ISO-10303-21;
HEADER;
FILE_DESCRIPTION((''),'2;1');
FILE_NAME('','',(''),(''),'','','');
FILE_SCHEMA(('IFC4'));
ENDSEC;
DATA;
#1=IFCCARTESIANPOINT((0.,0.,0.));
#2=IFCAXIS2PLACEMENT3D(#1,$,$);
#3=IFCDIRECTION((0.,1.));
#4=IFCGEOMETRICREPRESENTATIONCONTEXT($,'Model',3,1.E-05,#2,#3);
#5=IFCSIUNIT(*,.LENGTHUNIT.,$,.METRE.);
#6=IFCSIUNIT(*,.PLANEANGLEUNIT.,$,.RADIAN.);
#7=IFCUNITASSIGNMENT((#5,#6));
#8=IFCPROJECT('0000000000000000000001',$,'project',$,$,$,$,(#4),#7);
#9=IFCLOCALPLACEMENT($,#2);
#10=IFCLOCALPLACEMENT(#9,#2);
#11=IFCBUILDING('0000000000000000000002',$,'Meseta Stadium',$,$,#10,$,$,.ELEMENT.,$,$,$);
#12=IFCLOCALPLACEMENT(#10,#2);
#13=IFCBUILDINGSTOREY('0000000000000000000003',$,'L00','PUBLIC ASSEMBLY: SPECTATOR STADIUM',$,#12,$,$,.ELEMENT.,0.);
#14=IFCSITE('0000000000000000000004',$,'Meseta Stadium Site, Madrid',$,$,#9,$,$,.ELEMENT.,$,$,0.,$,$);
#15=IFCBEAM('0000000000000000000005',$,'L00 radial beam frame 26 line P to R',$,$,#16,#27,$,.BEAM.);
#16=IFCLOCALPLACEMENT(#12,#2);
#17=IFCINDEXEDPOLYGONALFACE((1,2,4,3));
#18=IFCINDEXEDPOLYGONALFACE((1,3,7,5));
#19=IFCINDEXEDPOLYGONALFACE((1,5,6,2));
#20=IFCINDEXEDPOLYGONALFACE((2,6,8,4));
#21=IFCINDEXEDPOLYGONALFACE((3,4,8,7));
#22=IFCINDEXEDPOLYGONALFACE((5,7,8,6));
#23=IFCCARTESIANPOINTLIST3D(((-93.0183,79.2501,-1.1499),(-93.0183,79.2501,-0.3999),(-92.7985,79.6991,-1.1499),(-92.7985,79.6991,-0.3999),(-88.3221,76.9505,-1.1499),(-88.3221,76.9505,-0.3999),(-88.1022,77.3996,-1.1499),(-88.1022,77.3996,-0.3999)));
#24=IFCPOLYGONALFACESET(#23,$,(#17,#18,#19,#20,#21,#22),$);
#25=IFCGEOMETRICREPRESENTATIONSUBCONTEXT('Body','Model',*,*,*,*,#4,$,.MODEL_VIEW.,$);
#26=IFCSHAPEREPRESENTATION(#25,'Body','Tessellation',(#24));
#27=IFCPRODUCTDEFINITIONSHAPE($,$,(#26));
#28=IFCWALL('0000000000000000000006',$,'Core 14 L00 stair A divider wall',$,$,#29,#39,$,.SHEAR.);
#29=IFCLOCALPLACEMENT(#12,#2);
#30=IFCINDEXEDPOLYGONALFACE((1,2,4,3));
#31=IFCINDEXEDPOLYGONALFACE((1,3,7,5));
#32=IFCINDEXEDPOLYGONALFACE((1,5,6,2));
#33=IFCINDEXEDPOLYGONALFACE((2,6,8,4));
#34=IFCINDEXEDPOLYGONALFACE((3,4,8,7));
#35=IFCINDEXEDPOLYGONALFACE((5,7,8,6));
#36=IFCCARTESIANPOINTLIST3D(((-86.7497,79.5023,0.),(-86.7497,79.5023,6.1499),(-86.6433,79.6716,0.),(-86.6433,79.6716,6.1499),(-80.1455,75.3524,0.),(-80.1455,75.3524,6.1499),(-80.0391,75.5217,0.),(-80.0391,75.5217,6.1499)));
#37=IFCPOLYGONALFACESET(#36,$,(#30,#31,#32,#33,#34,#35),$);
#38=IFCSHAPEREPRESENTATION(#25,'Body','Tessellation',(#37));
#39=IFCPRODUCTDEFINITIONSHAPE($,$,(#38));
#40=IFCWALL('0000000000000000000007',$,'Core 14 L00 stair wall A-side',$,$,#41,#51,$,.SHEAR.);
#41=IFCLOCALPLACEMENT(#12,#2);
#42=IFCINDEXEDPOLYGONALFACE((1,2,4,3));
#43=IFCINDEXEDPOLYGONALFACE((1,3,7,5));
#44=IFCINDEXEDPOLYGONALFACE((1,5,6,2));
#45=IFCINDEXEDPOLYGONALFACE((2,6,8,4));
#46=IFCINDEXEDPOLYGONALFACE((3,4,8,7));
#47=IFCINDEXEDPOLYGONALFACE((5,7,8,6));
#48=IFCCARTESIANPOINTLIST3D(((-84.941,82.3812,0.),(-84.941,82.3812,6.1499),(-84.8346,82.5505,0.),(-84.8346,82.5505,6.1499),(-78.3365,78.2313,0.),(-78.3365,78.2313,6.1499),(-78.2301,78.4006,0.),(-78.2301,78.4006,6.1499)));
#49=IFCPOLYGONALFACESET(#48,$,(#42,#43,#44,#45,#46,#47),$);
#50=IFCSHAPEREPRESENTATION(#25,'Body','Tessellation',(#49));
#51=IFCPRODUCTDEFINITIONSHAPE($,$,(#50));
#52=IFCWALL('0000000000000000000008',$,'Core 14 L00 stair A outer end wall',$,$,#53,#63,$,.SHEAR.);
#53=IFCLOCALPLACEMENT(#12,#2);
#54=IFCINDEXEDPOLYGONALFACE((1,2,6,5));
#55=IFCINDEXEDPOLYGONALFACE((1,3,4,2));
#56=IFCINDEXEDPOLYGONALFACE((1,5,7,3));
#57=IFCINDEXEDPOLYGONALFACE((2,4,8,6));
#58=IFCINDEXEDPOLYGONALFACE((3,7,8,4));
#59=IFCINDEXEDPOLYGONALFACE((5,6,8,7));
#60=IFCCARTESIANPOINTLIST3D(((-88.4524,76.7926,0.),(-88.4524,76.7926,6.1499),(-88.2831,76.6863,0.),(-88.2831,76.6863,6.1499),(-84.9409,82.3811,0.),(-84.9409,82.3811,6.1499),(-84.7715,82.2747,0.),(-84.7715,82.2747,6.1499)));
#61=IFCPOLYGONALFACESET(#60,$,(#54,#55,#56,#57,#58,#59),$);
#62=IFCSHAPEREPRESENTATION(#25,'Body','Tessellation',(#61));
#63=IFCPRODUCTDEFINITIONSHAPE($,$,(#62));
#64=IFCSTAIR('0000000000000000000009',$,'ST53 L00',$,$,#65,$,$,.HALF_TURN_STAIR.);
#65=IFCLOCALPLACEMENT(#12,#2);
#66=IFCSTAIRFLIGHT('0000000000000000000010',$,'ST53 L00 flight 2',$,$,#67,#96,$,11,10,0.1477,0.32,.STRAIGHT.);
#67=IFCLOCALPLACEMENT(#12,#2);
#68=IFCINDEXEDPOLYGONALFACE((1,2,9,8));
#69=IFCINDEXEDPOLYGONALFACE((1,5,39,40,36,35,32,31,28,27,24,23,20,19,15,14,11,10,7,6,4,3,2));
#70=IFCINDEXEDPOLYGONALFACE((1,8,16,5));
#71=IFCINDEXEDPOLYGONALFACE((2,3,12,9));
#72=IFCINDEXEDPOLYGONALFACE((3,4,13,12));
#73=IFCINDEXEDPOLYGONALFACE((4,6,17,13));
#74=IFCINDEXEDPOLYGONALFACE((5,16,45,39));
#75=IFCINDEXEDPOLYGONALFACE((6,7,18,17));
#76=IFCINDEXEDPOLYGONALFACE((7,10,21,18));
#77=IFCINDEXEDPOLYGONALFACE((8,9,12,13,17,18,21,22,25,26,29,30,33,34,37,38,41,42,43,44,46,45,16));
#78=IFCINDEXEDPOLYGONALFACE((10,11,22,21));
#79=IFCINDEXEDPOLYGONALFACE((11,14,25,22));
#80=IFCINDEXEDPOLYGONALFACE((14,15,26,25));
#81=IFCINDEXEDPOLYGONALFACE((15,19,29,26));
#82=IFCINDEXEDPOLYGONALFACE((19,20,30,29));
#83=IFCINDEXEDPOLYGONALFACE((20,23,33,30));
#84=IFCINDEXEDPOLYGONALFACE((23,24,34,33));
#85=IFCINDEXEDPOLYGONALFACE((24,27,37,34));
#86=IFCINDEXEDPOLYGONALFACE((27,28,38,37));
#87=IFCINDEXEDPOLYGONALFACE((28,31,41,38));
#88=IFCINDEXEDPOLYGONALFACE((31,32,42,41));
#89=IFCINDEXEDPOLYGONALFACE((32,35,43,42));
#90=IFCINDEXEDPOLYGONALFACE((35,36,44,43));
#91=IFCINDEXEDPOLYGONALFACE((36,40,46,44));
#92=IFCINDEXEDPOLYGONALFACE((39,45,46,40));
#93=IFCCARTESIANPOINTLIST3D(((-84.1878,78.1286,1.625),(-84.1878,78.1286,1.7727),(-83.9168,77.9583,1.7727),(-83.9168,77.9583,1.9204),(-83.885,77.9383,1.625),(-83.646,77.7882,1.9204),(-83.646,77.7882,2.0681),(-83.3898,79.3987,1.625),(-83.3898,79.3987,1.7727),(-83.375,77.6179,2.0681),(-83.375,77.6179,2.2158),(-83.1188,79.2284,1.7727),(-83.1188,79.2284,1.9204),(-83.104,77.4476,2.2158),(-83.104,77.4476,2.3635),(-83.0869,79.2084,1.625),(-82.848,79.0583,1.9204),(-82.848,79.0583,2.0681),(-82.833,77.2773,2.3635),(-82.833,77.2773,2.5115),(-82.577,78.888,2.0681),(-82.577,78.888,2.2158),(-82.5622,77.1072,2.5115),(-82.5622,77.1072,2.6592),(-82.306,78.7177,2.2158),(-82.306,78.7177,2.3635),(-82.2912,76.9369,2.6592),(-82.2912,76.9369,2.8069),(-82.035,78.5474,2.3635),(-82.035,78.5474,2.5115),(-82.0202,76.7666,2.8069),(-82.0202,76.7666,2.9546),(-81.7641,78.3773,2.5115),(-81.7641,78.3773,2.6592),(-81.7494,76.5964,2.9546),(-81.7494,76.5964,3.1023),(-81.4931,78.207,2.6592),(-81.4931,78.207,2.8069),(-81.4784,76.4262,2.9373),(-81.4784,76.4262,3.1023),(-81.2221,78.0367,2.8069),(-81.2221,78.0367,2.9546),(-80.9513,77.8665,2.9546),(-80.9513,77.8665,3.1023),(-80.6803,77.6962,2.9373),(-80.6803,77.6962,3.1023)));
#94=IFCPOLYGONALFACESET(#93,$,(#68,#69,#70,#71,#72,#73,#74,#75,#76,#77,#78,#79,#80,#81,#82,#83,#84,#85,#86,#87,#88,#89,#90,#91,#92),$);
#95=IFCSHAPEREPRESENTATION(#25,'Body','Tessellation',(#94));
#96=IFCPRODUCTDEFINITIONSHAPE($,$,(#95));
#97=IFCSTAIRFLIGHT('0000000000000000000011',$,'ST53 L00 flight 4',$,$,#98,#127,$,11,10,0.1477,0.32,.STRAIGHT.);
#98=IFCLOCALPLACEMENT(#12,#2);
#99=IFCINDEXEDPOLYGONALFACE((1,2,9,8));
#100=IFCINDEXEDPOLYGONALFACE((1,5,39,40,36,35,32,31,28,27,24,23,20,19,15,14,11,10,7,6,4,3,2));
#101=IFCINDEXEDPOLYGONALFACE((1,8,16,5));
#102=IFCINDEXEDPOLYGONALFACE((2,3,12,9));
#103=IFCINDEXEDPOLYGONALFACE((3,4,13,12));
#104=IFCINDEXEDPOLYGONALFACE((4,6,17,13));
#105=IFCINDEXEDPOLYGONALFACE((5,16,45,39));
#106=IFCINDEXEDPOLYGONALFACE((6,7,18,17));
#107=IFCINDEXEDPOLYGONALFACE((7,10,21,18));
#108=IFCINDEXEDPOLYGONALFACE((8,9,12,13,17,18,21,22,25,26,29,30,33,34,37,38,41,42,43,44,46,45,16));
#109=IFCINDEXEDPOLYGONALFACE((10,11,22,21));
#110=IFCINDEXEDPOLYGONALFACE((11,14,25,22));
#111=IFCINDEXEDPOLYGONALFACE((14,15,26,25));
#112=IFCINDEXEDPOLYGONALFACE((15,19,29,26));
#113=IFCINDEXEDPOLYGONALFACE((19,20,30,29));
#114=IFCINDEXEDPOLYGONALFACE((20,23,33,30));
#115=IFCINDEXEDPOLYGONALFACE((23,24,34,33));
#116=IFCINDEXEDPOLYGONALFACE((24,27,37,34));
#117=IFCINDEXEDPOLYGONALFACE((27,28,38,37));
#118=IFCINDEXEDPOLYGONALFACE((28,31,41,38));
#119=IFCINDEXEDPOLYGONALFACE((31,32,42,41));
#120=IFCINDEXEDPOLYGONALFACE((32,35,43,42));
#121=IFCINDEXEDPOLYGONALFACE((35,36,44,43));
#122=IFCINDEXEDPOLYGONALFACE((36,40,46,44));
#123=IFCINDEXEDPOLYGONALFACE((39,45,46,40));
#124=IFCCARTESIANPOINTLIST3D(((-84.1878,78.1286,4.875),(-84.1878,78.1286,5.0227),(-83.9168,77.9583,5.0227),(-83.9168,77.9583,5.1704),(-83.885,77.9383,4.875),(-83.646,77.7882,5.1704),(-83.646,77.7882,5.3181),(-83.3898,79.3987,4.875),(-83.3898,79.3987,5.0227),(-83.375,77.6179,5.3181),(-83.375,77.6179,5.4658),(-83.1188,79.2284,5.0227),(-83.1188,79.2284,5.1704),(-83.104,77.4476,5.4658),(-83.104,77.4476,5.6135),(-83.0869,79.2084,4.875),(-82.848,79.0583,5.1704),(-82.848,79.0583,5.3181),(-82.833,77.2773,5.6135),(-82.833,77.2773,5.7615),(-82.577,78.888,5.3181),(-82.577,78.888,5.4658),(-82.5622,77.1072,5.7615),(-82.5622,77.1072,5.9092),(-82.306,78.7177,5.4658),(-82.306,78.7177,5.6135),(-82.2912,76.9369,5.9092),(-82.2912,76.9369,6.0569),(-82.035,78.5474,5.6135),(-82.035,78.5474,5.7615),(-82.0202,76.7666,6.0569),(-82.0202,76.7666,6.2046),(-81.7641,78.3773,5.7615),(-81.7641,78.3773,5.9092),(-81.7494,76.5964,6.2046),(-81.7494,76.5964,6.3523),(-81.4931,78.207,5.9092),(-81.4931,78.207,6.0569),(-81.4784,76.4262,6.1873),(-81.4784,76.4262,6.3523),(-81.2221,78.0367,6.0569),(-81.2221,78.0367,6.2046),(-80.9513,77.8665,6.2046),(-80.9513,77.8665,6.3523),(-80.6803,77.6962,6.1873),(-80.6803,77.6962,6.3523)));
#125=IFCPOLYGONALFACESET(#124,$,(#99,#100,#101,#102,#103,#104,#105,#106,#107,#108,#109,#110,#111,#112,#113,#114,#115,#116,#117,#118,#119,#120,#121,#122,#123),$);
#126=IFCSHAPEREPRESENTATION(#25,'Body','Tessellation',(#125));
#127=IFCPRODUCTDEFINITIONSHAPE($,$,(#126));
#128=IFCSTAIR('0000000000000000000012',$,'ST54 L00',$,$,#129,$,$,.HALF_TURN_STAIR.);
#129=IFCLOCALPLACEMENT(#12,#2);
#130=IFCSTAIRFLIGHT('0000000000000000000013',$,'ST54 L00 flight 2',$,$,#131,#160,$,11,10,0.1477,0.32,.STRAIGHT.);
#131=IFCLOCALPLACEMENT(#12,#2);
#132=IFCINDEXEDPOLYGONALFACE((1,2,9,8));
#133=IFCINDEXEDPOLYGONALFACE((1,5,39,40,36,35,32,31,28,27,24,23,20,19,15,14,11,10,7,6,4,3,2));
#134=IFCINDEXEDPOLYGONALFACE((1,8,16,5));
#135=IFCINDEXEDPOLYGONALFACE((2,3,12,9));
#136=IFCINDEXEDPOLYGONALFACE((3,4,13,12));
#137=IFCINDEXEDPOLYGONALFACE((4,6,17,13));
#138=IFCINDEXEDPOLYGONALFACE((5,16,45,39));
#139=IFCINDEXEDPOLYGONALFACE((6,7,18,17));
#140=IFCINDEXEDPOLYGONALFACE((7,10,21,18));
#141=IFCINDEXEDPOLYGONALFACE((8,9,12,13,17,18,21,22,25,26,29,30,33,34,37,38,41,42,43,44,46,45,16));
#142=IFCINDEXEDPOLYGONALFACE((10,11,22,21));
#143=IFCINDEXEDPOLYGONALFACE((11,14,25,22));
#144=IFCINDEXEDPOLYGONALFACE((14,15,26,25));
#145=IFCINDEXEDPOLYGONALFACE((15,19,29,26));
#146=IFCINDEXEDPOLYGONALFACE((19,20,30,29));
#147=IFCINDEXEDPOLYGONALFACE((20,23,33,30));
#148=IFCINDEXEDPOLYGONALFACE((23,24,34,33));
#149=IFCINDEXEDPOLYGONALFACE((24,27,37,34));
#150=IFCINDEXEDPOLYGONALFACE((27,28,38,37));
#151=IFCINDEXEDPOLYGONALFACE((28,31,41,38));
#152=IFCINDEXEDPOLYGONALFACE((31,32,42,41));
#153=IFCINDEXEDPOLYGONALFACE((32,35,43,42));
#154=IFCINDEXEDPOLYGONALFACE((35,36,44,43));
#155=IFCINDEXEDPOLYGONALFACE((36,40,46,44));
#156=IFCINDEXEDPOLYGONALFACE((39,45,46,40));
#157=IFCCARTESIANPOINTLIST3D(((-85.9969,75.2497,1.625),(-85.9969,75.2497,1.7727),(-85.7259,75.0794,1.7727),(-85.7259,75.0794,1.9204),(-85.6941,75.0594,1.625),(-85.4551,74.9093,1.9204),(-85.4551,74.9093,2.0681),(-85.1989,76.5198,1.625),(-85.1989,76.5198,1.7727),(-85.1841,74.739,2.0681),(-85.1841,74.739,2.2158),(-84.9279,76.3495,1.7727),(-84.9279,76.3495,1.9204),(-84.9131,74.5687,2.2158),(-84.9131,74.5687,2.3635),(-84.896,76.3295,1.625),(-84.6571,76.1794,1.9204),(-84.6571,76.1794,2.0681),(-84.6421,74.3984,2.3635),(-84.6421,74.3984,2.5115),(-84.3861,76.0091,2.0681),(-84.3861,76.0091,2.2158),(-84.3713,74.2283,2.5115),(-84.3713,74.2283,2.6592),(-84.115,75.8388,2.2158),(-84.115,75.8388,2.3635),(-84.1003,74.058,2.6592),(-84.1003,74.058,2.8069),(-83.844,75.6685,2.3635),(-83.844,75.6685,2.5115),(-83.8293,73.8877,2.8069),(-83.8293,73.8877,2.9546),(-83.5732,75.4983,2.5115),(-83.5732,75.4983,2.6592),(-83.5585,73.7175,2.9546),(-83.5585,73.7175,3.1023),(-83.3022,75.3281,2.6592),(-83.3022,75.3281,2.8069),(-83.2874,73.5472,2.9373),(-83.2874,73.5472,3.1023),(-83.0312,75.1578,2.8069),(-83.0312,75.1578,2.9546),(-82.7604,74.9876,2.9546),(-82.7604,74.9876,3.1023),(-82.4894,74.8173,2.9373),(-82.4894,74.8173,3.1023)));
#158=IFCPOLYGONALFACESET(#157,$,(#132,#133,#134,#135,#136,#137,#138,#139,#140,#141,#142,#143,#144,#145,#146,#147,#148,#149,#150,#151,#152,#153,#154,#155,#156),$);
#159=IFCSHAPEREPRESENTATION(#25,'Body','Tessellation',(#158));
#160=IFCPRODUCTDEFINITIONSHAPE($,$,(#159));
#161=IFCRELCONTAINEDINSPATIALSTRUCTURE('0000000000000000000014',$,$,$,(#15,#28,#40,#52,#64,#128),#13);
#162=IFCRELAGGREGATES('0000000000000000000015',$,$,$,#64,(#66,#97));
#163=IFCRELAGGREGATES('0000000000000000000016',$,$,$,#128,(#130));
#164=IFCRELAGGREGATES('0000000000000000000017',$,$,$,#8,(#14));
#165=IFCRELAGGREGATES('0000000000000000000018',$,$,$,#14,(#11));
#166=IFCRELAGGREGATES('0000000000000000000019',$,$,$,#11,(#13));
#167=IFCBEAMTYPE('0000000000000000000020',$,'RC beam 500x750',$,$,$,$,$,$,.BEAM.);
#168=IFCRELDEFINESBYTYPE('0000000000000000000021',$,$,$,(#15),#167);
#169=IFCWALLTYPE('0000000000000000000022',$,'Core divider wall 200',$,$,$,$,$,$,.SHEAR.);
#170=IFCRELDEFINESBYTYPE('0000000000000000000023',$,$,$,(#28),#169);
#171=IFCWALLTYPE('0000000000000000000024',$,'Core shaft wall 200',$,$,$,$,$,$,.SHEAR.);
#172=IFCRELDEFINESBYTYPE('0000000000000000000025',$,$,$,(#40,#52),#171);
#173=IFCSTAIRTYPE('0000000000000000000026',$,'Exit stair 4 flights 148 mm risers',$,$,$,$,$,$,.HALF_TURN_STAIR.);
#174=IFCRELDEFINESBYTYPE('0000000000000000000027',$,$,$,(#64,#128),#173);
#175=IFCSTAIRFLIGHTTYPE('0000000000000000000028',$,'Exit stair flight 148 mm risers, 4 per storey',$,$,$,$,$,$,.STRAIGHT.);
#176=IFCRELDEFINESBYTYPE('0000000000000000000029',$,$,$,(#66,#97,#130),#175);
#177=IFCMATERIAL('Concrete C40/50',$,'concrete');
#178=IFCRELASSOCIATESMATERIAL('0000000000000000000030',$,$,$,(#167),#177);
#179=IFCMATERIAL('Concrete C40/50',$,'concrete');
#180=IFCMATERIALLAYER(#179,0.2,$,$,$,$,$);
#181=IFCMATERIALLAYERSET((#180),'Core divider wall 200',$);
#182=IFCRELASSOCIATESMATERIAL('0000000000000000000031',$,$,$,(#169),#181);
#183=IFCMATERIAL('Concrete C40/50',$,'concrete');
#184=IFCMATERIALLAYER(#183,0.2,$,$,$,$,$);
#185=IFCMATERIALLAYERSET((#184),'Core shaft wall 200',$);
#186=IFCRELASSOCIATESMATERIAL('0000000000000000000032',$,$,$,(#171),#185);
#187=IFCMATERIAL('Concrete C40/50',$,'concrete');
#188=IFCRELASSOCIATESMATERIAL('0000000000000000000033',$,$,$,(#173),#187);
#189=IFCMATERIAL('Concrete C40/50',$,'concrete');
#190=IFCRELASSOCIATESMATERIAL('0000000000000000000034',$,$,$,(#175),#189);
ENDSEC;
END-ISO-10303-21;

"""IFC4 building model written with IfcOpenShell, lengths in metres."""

from ifc_helpers import new_model, si_unit, direction, frame, frame_2d, origin, origin_2d, place, context, subcontext, project, spatial, polyline, rectangle, outline, extrude, material, layer, layer_set, material_profile, profile_set, type_object, element, aggregate, save


model = new_model("IFC4")

# Units and contexts
model_context = context("Model", 3, precision=1e-05, world=origin(), true_north=direction((0.0, 1.0)))
body_context = subcontext(model_context, "Body", "Model", "MODEL_VIEW")
ifc_project = project(units=[si_unit("LENGTHUNIT", "METRE"), si_unit("PLANEANGLEUNIT", "RADIAN")], contexts=[model_context])

# Site, building, storey
site_placement = place(None, origin())
site = spatial("IfcSite", under=ifc_project, at=site_placement, Name="Meseta Stadium Site, Madrid", CompositionType="ELEMENT", RefElevation=0.0)
building_placement = place(site_placement, origin())
building = spatial("IfcBuilding", under=site, at=building_placement, Name="Meseta Stadium", CompositionType="ELEMENT")
storey_placement = place(building_placement, origin())
storey = spatial("IfcBuildingStorey", under=building, at=storey_placement, Name="L00", Description="PUBLIC ASSEMBLY: SPECTATOR STADIUM", CompositionType="ELEMENT", Elevation=0.0)

# Beam
ifc_material_1 = material(Name="Concrete C40/50", Category="concrete")
ifc_material_profile = material_profile(ifc_material_1, rectangle(XDim=0.5, YDim=0.75, at=origin_2d()), Name="RC 500x750")
ifc_profile_set = profile_set([ifc_material_profile], Name="Concrete C40/50")
beam_type = type_object("IfcBeamType", Name="RC beam 500x750", PredefinedType="BEAM", material=ifc_profile_set)
beam_placement = place(storey_placement, frame((-88.2122, 77.175, -0.7749), z_axis=(-0.898113, 0.439765, 0.0), x_axis=(-0.439765, -0.898113, 0.0)))
element("IfcBeam", 1, at=beam_placement, inside=storey, type_object=beam_type, Name="L00 radial beam frame 26 line P to R", PredefinedType="BEAM", context=body_context, shape_type="SweptSolid", body=[
    extrude(rectangle(XDim=0.5, YDim=0.75, at=origin_2d()), origin(), (0.0, 0.0, 1.0), 5.229),
])

# Walls
ifc_material_2 = material(Name="Concrete C40/50", Category="concrete")
ifc_layer_1 = layer(ifc_material_2, 0.2)
ifc_layer_set_1 = layer_set([ifc_layer_1], Name="Core divider wall 200")
wall_type_1 = type_object("IfcWallType", Name="Core divider wall 200", PredefinedType="SHEAR", material=ifc_layer_set_1)
wall_1_placement = place(storey_placement, frame((-86.6965, 79.5869, 0.0), z_axis=(0.0, 0.0, 1.0), x_axis=(0.846714, -0.532048, 0.0)))
element("IfcWall", 2, at=wall_1_placement, inside=storey, type_object=wall_type_1, Name="Core 14 L00 stair A divider wall", PredefinedType="SHEAR", context=body_context, shape_type="SweptSolid", body=[
    extrude(rectangle(XDim=7.7998, YDim=0.2, at=frame_2d((3.8999, 0.0))), origin(), (0.0, 0.0, 1.0), 6.1499),
])
ifc_material_3 = material(Name="Concrete C40/50", Category="concrete")
ifc_layer_2 = layer(ifc_material_3, 0.2)
ifc_layer_set_2 = layer_set([ifc_layer_2], Name="Core shaft wall 200")
wall_type_2 = type_object("IfcWallType", Name="Core shaft wall 200", PredefinedType="SHEAR", material=ifc_layer_set_2)
wall_2_placement = place(storey_placement, frame((-84.8877, 82.4658, 0.0), z_axis=(0.0, 0.0, 1.0), x_axis=(0.846723, -0.532034, 0.0)))
element("IfcWall", 3, at=wall_2_placement, inside=storey, type_object=wall_type_2, Name="Core 14 L00 stair wall A-side", PredefinedType="SHEAR", context=body_context, shape_type="SweptSolid", body=[
    extrude(rectangle(XDim=7.8, YDim=0.2, at=frame_2d((3.8999, 0.0))), origin(), (0.0, 0.0, 1.0), 6.1499),
])
wall_3_placement = place(storey_placement, frame((-84.8562, 82.3279, 0.0), z_axis=(0.0, 0.0, 1.0), x_axis=(-0.532039, -0.84672, 0.0)))
element("IfcWall", 4, at=wall_3_placement, inside=storey, type_object=wall_type_2, Name="Core 14 L00 stair A outer end wall", PredefinedType="SHEAR", context=body_context, shape_type="SweptSolid", body=[
    extrude(rectangle(XDim=6.6001, YDim=0.2, at=frame_2d((3.3, 0.0))), origin(), (0.0, 0.0, 1.0), 6.1499),
])

# Stairs, stair flights
ifc_material_4 = material(Name="Concrete C40/50", Category="concrete")
stair_type = type_object("IfcStairType", Name="Exit stair 4 flights 148 mm risers", PredefinedType="HALF_TURN_STAIR", material=ifc_material_4)
stair_1_placement = place(storey_placement, origin())
stair_1 = element("IfcStair", 5, at=stair_1_placement, inside=storey, type_object=stair_type, Name="ST53 L00", PredefinedType="HALF_TURN_STAIR")
ifc_material_5 = material(Name="Concrete C40/50", Category="concrete")
stair_flight_type = type_object("IfcStairFlightType", Name="Exit stair flight 148 mm risers, 4 per storey", PredefinedType="STRAIGHT", material=ifc_material_5)
stair_flight_1_placement = place(storey_placement, frame((-83.7888, 78.7637, 1.625), z_axis=(0.0, 0.0, 1.0), x_axis=(0.846724, -0.532032, 0.0)))
stair_flight_1 = element("IfcStairFlight", 6, at=stair_flight_1_placement, type_object=stair_flight_type, Name="ST53 L00 flight 2", NumberOfRisers=11, NumberOfTreads=10, PredefinedType="STRAIGHT", RiserHeight=0.1477, TreadLength=0.32, context=body_context, shape_type="SweptSolid", body=[
    extrude(outline(polyline([(0.0, 0.0), (0.0, 0.1477), (0.3201, 0.1477), (0.3201, 0.2954), (0.6399, 0.2954), (0.6399, 0.4431), (0.96, 0.4431), (0.96, 0.5908), (1.28, 0.5908), (1.28, 0.7385), (1.6001, 0.7385), (1.6001, 0.8865), (1.9199, 0.8865), (1.9199, 1.0342), (2.24, 1.0342), (2.24, 1.1819), (2.5601, 1.1819), (2.5601, 1.3296), (2.8799, 1.3296), (2.8799, 1.4773), (3.2, 1.4773), (3.2, 1.3123), (0.3577, 0.0), (0.0, 0.0)])), frame((0.0, 0.75, 0.0), z_axis=(0.0, -1.0, 0.0), x_axis=(1.0, 0.0, 0.0)), (0.0, 0.0, 1.0), 1.5),
])
stair_flight_2_placement = place(storey_placement, frame((-83.7888, 78.7637, 4.875), z_axis=(0.0, 0.0, 1.0), x_axis=(0.846724, -0.532032, 0.0)))
stair_flight_2 = element("IfcStairFlight", 7, at=stair_flight_2_placement, type_object=stair_flight_type, Name="ST53 L00 flight 4", NumberOfRisers=11, NumberOfTreads=10, PredefinedType="STRAIGHT", RiserHeight=0.1477, TreadLength=0.32, context=body_context, shape_type="SweptSolid", body=[
    extrude(outline(polyline([(0.0, 0.0), (0.0, 0.1477), (0.3201, 0.1477), (0.3201, 0.2954), (0.6399, 0.2954), (0.6399, 0.4431), (0.96, 0.4431), (0.96, 0.5908), (1.28, 0.5908), (1.28, 0.7385), (1.6001, 0.7385), (1.6001, 0.8865), (1.9199, 0.8865), (1.9199, 1.0342), (2.24, 1.0342), (2.24, 1.1819), (2.5601, 1.1819), (2.5601, 1.3296), (2.8799, 1.3296), (2.8799, 1.4773), (3.2, 1.4773), (3.2, 1.3123), (0.3577, 0.0), (0.0, 0.0)])), frame((0.0, 0.75, 0.0), z_axis=(0.0, -1.0, 0.0), x_axis=(1.0, 0.0, 0.0)), (0.0, 0.0, 1.0), 1.5),
])
aggregate(stair_1, [stair_flight_1, stair_flight_2])
stair_2_placement = place(storey_placement, origin())
stair_2 = element("IfcStair", 8, at=stair_2_placement, inside=storey, type_object=stair_type, Name="ST54 L00", PredefinedType="HALF_TURN_STAIR")
stair_flight_3_placement = place(storey_placement, frame((-85.5979, 75.8848, 1.625), z_axis=(0.0, 0.0, 1.0), x_axis=(0.846724, -0.532032, 0.0)))
stair_flight_3 = element("IfcStairFlight", 9, at=stair_flight_3_placement, type_object=stair_flight_type, Name="ST54 L00 flight 2", NumberOfRisers=11, NumberOfTreads=10, PredefinedType="STRAIGHT", RiserHeight=0.1477, TreadLength=0.32, context=body_context, shape_type="SweptSolid", body=[
    extrude(outline(polyline([(0.0, 0.0), (0.0, 0.1477), (0.3201, 0.1477), (0.3201, 0.2954), (0.6399, 0.2954), (0.6399, 0.4431), (0.96, 0.4431), (0.96, 0.5908), (1.28, 0.5908), (1.28, 0.7385), (1.6001, 0.7385), (1.6001, 0.8865), (1.9199, 0.8865), (1.9199, 1.0342), (2.24, 1.0342), (2.24, 1.1819), (2.5601, 1.1819), (2.5601, 1.3296), (2.8799, 1.3296), (2.8799, 1.4773), (3.2, 1.4773), (3.2, 1.3123), (0.3577, 0.0), (0.0, 0.0)])), frame((0.0, 0.75, 0.0), z_axis=(0.0, -1.0, 0.0), x_axis=(1.0, 0.0, 0.0)), (0.0, 0.0, 1.0), 1.5),
])
aggregate(stair_2, [stair_flight_3])

save(model, "model.ifc")
